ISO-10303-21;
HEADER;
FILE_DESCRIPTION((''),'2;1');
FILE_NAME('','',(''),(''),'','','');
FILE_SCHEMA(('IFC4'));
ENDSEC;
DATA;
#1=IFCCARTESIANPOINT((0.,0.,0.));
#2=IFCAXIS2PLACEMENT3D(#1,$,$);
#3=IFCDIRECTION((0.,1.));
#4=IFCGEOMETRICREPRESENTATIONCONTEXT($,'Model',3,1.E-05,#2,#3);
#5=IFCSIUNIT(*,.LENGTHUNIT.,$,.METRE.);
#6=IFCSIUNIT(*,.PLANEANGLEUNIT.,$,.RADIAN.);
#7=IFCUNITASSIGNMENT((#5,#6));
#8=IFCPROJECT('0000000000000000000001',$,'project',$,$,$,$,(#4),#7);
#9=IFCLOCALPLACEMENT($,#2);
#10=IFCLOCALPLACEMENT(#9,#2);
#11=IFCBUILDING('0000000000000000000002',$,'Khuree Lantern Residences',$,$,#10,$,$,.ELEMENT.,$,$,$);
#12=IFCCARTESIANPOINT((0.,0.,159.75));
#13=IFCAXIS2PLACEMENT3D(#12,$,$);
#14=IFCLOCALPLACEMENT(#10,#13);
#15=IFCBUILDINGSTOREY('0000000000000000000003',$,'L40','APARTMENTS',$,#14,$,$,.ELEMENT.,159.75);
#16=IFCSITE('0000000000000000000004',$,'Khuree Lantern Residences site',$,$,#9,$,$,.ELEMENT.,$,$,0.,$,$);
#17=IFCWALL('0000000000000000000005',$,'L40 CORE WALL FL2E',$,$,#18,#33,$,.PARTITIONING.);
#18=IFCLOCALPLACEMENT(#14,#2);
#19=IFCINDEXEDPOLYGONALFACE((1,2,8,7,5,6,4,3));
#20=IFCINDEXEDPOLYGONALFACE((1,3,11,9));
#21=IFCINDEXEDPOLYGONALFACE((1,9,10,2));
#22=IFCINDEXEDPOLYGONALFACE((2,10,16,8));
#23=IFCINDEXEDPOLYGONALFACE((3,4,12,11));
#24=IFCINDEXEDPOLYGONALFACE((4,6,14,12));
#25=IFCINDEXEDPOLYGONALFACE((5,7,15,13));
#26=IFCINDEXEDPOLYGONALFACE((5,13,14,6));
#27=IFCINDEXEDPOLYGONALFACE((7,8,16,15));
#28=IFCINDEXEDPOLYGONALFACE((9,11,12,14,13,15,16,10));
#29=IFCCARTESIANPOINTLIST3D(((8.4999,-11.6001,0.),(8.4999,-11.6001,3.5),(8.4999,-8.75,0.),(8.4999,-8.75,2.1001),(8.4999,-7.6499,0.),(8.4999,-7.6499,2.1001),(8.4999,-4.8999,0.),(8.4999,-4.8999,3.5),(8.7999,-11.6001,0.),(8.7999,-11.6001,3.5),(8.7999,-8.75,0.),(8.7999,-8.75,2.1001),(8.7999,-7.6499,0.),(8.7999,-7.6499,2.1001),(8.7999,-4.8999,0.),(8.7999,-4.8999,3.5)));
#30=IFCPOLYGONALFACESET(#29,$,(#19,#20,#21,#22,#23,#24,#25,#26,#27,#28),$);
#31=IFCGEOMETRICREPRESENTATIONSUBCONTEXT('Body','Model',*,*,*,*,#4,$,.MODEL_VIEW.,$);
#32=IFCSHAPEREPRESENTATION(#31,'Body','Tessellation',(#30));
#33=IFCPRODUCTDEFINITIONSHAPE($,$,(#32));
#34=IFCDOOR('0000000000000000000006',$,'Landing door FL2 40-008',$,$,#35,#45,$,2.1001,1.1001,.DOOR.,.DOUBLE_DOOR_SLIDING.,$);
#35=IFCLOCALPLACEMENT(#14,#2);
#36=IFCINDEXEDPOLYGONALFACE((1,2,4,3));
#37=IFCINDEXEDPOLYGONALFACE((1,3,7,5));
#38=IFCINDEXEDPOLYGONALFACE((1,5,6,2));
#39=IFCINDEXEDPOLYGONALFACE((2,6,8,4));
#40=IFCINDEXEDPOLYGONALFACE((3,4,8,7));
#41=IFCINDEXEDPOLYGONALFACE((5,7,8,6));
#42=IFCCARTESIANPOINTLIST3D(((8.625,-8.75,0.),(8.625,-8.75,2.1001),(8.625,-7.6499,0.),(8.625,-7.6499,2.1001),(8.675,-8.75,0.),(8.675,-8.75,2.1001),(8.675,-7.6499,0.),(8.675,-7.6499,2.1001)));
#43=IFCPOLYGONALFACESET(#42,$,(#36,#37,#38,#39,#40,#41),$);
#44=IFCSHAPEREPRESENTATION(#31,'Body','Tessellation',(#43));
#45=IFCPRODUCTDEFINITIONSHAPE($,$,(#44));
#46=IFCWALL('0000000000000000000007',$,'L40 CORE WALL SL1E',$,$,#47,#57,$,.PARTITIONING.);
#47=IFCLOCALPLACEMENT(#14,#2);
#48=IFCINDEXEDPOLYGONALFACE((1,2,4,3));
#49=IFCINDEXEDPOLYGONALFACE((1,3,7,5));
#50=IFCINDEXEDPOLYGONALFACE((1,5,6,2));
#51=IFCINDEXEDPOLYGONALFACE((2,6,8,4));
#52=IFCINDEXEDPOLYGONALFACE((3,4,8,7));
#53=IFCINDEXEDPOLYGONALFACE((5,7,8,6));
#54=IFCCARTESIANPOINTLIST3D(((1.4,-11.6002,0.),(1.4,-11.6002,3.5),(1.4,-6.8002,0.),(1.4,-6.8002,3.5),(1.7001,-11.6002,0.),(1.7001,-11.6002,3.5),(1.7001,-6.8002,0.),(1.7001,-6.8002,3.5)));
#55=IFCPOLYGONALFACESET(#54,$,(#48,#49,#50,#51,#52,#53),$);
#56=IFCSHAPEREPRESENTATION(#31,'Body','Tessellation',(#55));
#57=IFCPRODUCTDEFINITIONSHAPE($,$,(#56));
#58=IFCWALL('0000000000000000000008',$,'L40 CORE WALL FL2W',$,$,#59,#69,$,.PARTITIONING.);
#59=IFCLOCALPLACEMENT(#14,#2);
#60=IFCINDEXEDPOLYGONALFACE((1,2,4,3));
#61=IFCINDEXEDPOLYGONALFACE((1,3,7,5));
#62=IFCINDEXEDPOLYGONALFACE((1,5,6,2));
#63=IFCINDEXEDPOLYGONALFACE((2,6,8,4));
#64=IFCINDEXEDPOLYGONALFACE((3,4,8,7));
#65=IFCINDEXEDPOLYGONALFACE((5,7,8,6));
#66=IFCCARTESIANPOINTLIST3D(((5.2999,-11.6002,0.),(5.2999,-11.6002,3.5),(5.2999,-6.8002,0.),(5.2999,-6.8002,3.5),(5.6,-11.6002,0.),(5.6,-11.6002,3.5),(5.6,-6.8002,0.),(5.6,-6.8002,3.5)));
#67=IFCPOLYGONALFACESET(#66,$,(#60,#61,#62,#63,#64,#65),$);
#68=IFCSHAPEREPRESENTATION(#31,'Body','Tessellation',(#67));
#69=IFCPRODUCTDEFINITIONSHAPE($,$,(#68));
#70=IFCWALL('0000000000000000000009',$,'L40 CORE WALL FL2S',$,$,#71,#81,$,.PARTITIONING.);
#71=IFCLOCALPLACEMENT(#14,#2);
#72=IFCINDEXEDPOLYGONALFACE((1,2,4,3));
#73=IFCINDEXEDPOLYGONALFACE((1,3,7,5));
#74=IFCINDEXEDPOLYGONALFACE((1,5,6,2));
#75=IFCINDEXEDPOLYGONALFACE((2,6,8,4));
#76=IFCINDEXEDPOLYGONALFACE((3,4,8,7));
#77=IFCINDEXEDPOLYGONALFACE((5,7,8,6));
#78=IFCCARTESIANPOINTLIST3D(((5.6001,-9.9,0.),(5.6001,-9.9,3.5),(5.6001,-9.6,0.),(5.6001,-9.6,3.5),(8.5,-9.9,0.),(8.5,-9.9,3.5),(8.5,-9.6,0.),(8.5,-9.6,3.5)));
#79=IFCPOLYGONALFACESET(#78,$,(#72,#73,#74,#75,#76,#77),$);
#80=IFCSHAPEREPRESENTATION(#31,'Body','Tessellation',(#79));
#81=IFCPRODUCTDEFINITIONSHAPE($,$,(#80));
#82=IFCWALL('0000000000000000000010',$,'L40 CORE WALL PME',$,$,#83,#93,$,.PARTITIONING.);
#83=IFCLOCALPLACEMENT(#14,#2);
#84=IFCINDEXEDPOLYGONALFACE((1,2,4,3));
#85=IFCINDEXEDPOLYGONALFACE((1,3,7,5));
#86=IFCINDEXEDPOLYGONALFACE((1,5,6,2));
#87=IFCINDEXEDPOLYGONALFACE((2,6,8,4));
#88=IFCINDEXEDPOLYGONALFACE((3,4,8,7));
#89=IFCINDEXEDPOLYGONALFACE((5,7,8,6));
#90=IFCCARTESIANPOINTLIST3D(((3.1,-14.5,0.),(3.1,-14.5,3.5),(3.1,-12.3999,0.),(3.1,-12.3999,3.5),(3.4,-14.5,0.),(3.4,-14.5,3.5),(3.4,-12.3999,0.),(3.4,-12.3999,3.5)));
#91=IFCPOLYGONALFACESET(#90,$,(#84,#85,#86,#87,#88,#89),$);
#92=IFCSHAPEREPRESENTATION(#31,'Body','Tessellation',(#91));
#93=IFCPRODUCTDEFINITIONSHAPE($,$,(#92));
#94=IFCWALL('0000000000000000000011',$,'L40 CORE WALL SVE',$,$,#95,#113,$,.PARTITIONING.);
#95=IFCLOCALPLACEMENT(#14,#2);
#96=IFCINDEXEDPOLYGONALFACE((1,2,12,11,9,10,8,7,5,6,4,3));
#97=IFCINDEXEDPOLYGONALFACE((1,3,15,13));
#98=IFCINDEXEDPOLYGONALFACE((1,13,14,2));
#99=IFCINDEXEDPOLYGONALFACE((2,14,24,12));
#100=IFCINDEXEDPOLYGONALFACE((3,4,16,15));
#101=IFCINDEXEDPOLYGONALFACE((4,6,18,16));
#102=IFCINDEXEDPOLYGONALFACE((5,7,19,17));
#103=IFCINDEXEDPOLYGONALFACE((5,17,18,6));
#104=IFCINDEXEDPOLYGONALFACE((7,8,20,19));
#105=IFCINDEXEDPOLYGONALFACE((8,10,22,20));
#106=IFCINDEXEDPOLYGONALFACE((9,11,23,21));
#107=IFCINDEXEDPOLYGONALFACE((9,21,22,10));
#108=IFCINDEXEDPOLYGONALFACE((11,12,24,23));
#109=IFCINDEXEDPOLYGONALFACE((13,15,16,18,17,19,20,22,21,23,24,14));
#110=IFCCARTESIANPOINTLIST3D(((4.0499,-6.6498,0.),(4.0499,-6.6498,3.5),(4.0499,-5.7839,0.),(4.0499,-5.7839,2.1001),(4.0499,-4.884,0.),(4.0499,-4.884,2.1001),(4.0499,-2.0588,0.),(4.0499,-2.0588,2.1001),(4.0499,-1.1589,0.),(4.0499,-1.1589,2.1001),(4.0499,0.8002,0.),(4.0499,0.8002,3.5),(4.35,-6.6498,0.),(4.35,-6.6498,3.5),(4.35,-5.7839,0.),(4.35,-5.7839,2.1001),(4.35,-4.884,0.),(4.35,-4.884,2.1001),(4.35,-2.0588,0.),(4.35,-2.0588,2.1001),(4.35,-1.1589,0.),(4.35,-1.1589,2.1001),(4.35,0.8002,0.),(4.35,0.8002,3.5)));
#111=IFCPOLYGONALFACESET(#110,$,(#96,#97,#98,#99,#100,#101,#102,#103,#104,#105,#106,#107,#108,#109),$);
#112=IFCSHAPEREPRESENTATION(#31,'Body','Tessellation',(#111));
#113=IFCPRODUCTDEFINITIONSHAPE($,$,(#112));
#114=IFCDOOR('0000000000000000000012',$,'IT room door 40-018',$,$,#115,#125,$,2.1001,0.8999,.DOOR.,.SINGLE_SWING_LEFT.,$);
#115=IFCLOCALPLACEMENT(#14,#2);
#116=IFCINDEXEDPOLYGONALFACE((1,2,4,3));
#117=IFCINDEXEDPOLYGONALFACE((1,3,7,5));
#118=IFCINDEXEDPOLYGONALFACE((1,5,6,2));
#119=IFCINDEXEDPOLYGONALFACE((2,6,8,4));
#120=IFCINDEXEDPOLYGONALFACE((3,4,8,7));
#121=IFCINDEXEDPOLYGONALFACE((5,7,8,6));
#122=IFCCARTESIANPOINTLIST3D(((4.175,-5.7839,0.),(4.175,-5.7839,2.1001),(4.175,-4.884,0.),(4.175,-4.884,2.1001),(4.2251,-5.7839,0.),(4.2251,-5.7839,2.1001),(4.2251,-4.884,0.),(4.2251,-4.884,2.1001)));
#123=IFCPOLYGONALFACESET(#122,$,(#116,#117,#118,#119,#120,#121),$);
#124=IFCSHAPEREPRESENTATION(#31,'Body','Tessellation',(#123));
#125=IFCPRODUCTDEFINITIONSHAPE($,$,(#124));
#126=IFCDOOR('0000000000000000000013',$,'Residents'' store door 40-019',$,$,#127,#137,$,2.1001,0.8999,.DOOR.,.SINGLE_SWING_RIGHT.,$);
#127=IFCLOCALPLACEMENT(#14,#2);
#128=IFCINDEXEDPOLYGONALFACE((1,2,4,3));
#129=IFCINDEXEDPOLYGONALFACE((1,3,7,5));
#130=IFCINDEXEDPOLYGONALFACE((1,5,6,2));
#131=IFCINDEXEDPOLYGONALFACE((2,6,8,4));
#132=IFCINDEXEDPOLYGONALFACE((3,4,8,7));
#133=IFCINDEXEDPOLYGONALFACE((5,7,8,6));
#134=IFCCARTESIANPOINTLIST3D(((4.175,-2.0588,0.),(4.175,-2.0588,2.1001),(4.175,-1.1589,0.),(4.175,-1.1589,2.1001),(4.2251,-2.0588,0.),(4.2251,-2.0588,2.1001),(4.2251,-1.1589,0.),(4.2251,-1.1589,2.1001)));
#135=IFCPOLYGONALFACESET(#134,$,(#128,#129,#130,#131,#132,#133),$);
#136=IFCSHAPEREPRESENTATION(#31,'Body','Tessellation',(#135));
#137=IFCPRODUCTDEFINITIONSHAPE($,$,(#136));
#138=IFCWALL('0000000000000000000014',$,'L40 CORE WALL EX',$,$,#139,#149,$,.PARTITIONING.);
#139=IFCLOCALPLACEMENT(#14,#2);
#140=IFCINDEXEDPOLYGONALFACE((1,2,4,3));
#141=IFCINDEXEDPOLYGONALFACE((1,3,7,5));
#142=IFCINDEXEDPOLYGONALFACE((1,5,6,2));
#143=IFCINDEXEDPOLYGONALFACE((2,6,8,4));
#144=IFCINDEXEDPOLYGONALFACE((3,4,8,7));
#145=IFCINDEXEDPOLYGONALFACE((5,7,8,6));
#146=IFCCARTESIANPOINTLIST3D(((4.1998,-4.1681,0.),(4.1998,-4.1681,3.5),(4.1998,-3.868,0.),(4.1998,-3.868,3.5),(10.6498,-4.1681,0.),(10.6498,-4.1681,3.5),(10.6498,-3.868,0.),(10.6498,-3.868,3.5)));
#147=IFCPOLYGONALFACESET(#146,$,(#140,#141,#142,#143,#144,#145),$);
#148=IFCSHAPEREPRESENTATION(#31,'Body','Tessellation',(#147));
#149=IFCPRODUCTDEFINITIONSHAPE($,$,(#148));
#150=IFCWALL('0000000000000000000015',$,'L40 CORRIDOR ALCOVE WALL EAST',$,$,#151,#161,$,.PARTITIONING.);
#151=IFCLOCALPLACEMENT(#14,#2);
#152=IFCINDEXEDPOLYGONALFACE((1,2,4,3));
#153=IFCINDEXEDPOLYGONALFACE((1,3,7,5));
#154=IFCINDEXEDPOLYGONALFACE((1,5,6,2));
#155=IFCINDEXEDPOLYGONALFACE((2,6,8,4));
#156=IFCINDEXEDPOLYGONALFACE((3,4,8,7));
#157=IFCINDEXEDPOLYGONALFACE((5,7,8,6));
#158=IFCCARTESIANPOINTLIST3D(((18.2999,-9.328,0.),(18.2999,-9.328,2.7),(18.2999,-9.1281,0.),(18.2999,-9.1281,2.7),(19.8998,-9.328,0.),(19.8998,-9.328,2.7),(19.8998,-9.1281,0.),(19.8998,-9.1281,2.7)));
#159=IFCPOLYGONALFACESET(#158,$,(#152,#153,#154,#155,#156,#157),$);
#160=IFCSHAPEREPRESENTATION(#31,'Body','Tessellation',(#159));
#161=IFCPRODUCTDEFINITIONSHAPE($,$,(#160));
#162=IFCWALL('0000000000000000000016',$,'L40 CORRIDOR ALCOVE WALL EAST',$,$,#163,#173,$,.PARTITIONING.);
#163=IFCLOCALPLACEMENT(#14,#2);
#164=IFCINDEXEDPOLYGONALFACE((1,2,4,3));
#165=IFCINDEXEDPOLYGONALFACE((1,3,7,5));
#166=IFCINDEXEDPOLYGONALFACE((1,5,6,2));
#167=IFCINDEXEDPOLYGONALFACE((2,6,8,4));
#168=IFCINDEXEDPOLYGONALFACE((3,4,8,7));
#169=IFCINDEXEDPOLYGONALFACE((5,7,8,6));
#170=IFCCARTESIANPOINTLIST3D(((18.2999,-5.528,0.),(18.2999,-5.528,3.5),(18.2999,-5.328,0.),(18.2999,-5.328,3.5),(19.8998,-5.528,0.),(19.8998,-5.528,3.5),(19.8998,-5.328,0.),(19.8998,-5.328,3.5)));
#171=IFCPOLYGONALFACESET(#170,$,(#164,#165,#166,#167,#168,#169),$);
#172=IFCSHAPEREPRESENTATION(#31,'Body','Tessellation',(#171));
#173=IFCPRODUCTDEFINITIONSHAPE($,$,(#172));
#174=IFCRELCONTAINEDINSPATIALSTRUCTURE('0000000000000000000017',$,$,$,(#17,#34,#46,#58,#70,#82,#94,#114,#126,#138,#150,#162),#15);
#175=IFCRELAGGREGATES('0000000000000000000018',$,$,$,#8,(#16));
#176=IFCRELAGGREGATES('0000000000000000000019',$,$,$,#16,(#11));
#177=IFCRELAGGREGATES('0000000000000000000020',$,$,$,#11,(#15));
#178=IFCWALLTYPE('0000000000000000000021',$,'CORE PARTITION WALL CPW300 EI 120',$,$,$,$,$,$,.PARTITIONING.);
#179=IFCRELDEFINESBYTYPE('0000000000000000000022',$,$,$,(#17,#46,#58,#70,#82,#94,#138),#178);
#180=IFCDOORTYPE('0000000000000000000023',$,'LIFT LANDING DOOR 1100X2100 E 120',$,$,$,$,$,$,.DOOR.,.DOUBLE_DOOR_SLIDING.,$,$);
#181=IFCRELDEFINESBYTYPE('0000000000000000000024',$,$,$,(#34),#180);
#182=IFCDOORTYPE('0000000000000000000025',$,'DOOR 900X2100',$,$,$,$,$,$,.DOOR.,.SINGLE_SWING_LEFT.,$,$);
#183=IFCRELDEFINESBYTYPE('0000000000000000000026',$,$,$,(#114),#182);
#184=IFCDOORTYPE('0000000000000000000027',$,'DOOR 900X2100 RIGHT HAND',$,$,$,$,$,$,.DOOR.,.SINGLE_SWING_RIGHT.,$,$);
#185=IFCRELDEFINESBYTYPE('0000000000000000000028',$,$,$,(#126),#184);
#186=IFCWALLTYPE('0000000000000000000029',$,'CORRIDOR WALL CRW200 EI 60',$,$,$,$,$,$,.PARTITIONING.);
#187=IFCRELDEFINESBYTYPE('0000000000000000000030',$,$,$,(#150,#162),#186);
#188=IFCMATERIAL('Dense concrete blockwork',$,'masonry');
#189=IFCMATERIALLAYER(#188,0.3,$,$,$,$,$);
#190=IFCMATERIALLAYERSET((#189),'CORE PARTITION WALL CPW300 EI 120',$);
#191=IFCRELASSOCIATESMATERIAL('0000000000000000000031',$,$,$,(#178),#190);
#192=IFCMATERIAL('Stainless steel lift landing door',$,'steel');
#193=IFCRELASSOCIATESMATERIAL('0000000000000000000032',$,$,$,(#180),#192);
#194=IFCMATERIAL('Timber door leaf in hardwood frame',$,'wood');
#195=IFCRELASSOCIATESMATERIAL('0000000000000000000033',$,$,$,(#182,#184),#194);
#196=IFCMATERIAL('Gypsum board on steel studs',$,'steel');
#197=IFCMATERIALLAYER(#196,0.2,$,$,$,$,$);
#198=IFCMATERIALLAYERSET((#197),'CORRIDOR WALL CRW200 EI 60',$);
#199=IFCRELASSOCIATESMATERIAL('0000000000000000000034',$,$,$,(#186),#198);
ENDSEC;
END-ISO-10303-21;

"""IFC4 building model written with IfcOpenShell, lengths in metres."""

from ifc_helpers import new_model, si_unit, direction, frame, frame_2d, origin, place, context, subcontext, project, spatial, rectangle, extrude, material, layer, layer_set, type_object, element, fill, save


model = new_model("IFC4")

# Units and contexts
model_context = context("Model", 3, precision=1e-05, world=origin(), true_north=direction((0.0, 1.0)))
body_context = subcontext(model_context, "Body", "Model", "MODEL_VIEW")
ifc_project = project(units=[si_unit("LENGTHUNIT", "METRE"), si_unit("PLANEANGLEUNIT", "RADIAN")], contexts=[model_context])

# Site, building, storey
site_placement = place(None, origin())
site = spatial("IfcSite", under=ifc_project, at=site_placement, Name="Khuree Lantern Residences site", CompositionType="ELEMENT", RefElevation=0.0)
building_placement = place(site_placement, origin())
building = spatial("IfcBuilding", under=site, at=building_placement, Name="Khuree Lantern Residences", CompositionType="ELEMENT")
storey_placement = place(building_placement, frame((0.0, 0.0, 159.75)))
storey = spatial("IfcBuildingStorey", under=building, at=storey_placement, Name="L40", Description="APARTMENTS", CompositionType="ELEMENT", Elevation=159.75)

# Wall, opening, door
ifc_material_1 = material(Name="Dense concrete blockwork", Category="masonry")
ifc_layer_1 = layer(ifc_material_1, 0.3)
ifc_layer_set_1 = layer_set([ifc_layer_1], Name="CORE PARTITION WALL CPW300 EI 120")
wall_type_1 = type_object("IfcWallType", Name="CORE PARTITION WALL CPW300 EI 120", PredefinedType="PARTITIONING", material=ifc_layer_set_1)
wall_1_placement = place(storey_placement, frame((8.6499, -11.6001, 0.0), z_axis=(0.0, 0.0, 1.0), x_axis=(0.0, 1.0, 0.0)))
wall_1 = element("IfcWall", 1, at=wall_1_placement, inside=storey, type_object=wall_type_1, Name="L40 CORE WALL FL2E", PredefinedType="PARTITIONING", context=body_context, shape_type="SweptSolid", body=[
    extrude(rectangle(XDim=6.7002, YDim=0.3, at=frame_2d((3.3501, 0.0))), origin(), (0.0, 0.0, 1.0), 3.5),
])
opening_1_placement = place(wall_1_placement, frame((2.8501, 0.0, 0.0)))
opening_1 = element("IfcOpeningElement", 2, at=opening_1_placement, cuts=wall_1, PredefinedType="OPENING", context=body_context, shape_type="SweptSolid", body=[
    extrude(rectangle(XDim=1.1001, YDim=2.1001, at=frame_2d((0.55, 1.05))), frame((0.0, 0.1602, 0.0), z_axis=(0.0, -1.0, 0.0), x_axis=(1.0, 0.0, 0.0)), (0.0, 0.0, 1.0), 0.3201),
])
ifc_material_2 = material(Name="Stainless steel lift landing door", Category="steel")
door_type_1 = type_object("IfcDoorType", Name="LIFT LANDING DOOR 1100X2100 E 120", OperationType="DOUBLE_DOOR_SLIDING", PredefinedType="DOOR", material=ifc_material_2)
door_1_placement = place(opening_1_placement, origin())
door_1 = element("IfcDoor", 3, at=door_1_placement, inside=storey, type_object=door_type_1, Name="Landing door FL2 40-008", OperationType="DOUBLE_DOOR_SLIDING", OverallHeight=2.1001, OverallWidth=1.1001, PredefinedType="DOOR", context=body_context, shape_type="SweptSolid", body=[
    extrude(rectangle(XDim=1.1001, YDim=2.1001, at=frame_2d((0.55, 1.05))), frame((0.0, 0.0249, 0.0), z_axis=(0.0, -1.0, 0.0), x_axis=(1.0, 0.0, 0.0)), (0.0, 0.0, 1.0), 0.05),
])
fill(opening_1, door_1)

# Walls
for number, where, z_axis, x_axis, name in (
    (4, (1.55, -11.6001, 0.0), (0.0, 0.0, 1.0), (0.0, 1.0, 0.0), "L40 CORE WALL SL1E"),
    (5, (5.45, -11.6001, 0.0), (0.0, 0.0, 1.0), (0.0, 1.0, 0.0), "L40 CORE WALL FL2W"),
):
    element("IfcWall", number, at=place(storey_placement, frame(where, z_axis=z_axis, x_axis=x_axis)), inside=storey, type_object=wall_type_1, Name=name, PredefinedType="PARTITIONING", context=body_context, shape_type="SweptSolid", body=[
        extrude(rectangle(XDim=4.8, YDim=0.3, at=frame_2d((2.3999, 0.0))), origin(), (0.0, 0.0, 1.0), 3.5),
    ])
wall_2_placement = place(storey_placement, frame((5.6001, -9.75, 0.0), z_axis=(0.0, 0.0, 1.0), x_axis=(1.0, 0.0, 0.0)))
element("IfcWall", 6, at=wall_2_placement, inside=storey, type_object=wall_type_1, Name="L40 CORE WALL FL2S", PredefinedType="PARTITIONING", context=body_context, shape_type="SweptSolid", body=[
    extrude(rectangle(XDim=2.8999, YDim=0.3, at=frame_2d((1.45, 0.0))), origin(), (0.0, 0.0, 1.0), 3.5),
])
wall_3_placement = place(storey_placement, frame((3.25, -14.5, 0.0), z_axis=(0.0, 0.0, 1.0), x_axis=(0.0, 1.0, 0.0)))
element("IfcWall", 7, at=wall_3_placement, inside=storey, type_object=wall_type_1, Name="L40 CORE WALL PME", PredefinedType="PARTITIONING", context=body_context, shape_type="SweptSolid", body=[
    extrude(rectangle(XDim=2.1001, YDim=0.3, at=frame_2d((1.05, 0.0))), origin(), (0.0, 0.0, 1.0), 3.5),
])

# Wall, openings, doors
wall_4_placement = place(storey_placement, frame((4.2, -6.6499, 0.0), z_axis=(0.0, 0.0, 1.0), x_axis=(0.0, 1.0, 0.0)))
wall_4 = element("IfcWall", 8, at=wall_4_placement, inside=storey, type_object=wall_type_1, Name="L40 CORE WALL SVE", PredefinedType="PARTITIONING", context=body_context, shape_type="SweptSolid", body=[
    extrude(rectangle(XDim=7.45, YDim=0.3, at=frame_2d((3.7251, 0.0))), origin(), (0.0, 0.0, 1.0), 3.5),
])
opening_2_placement = place(wall_4_placement, frame((0.866, 0.0, 0.0)))
opening_2 = element("IfcOpeningElement", 9, at=opening_2_placement, cuts=wall_4, PredefinedType="OPENING", context=body_context, shape_type="SweptSolid", body=[
    extrude(rectangle(XDim=0.8999, YDim=2.1001, at=frame_2d((0.45, 1.05))), frame((0.0, 0.1602, 0.0), z_axis=(0.0, -1.0, 0.0), x_axis=(1.0, 0.0, 0.0)), (0.0, 0.0, 1.0), 0.3201),
])
opening_3_placement = place(wall_4_placement, frame((4.5911, 0.0, 0.0)))
opening_3 = element("IfcOpeningElement", 10, at=opening_3_placement, cuts=wall_4, PredefinedType="OPENING", context=body_context, shape_type="SweptSolid", body=[
    extrude(rectangle(XDim=0.8999, YDim=2.1001, at=frame_2d((0.45, 1.05))), frame((0.0, 0.1602, 0.0), z_axis=(0.0, -1.0, 0.0), x_axis=(1.0, 0.0, 0.0)), (0.0, 0.0, 1.0), 0.3201),
])
ifc_material_3 = material(Name="Timber door leaf in hardwood frame", Category="wood")
door_type_2 = type_object("IfcDoorType", Name="DOOR 900X2100", OperationType="SINGLE_SWING_LEFT", PredefinedType="DOOR", material=ifc_material_3)
door_2_placement = place(opening_2_placement, origin())
door_2 = element("IfcDoor", 11, at=door_2_placement, inside=storey, type_object=door_type_2, Name="IT room door 40-018", OperationType="SINGLE_SWING_LEFT", OverallHeight=2.1001, OverallWidth=0.8999, PredefinedType="DOOR", context=body_context, shape_type="SweptSolid", body=[
    extrude(rectangle(XDim=0.8999, YDim=2.1001, at=frame_2d((0.45, 1.05))), frame((0.0, 0.0249, 0.0), z_axis=(0.0, -1.0, 0.0), x_axis=(1.0, 0.0, 0.0)), (0.0, 0.0, 1.0), 0.05),
])
fill(opening_2, door_2)
door_type_3 = type_object("IfcDoorType", Name="DOOR 900X2100 RIGHT HAND", OperationType="SINGLE_SWING_RIGHT", PredefinedType="DOOR", material=ifc_material_3)
door_3_placement = place(opening_3_placement, origin())
door_3 = element("IfcDoor", 12, at=door_3_placement, inside=storey, type_object=door_type_3, Name="Residents' store door 40-019", OperationType="SINGLE_SWING_RIGHT", OverallHeight=2.1001, OverallWidth=0.8999, PredefinedType="DOOR", context=body_context, shape_type="SweptSolid", body=[
    extrude(rectangle(XDim=0.8999, YDim=2.1001, at=frame_2d((0.45, 1.05))), frame((0.0, 0.0249, 0.0), z_axis=(0.0, -1.0, 0.0), x_axis=(1.0, 0.0, 0.0)), (0.0, 0.0, 1.0), 0.05),
])
fill(opening_3, door_3)

# Walls
wall_5_placement = place(storey_placement, frame((10.6499, -4.0181, 0.0), z_axis=(0.0, 0.0, 1.0), x_axis=(-1.0, 0.0, 0.0)))
element("IfcWall", 13, at=wall_5_placement, inside=storey, type_object=wall_type_1, Name="L40 CORE WALL EX", PredefinedType="PARTITIONING", context=body_context, shape_type="SweptSolid", body=[
    extrude(rectangle(XDim=6.45, YDim=0.3, at=frame_2d((3.2251, 0.0))), origin(), (0.0, 0.0, 1.0), 3.5),
])
ifc_material_4 = material(Name="Gypsum board on steel studs", Category="steel")
ifc_layer_2 = layer(ifc_material_4, 0.2)
ifc_layer_set_2 = layer_set([ifc_layer_2], Name="CORRIDOR WALL CRW200 EI 60")
wall_type_2 = type_object("IfcWallType", Name="CORRIDOR WALL CRW200 EI 60", PredefinedType="PARTITIONING", material=ifc_layer_set_2)
wall_6_placement = place(storey_placement, frame((18.3, -9.228, 0.0), z_axis=(0.0, 0.0, 1.0), x_axis=(1.0, 0.0, 0.0)))
element("IfcWall", 14, at=wall_6_placement, inside=storey, type_object=wall_type_2, Name="L40 CORRIDOR ALCOVE WALL EAST", PredefinedType="PARTITIONING", context=body_context, shape_type="SweptSolid", body=[
    extrude(rectangle(XDim=1.5999, YDim=0.2, at=frame_2d((0.7998, 0.0))), origin(), (0.0, 0.0, 1.0), 2.7),
])
wall_7_placement = place(storey_placement, frame((18.3, -5.428, 0.0), z_axis=(0.0, 0.0, 1.0), x_axis=(1.0, 0.0, 0.0)))
element("IfcWall", 15, at=wall_7_placement, inside=storey, type_object=wall_type_2, Name="L40 CORRIDOR ALCOVE WALL EAST", PredefinedType="PARTITIONING", context=body_context, shape_type="SweptSolid", body=[
    extrude(rectangle(XDim=1.5999, YDim=0.2, at=frame_2d((0.7998, 0.0))), origin(), (0.0, 0.0, 1.0), 3.5),
])

save(model, "model.ifc")
